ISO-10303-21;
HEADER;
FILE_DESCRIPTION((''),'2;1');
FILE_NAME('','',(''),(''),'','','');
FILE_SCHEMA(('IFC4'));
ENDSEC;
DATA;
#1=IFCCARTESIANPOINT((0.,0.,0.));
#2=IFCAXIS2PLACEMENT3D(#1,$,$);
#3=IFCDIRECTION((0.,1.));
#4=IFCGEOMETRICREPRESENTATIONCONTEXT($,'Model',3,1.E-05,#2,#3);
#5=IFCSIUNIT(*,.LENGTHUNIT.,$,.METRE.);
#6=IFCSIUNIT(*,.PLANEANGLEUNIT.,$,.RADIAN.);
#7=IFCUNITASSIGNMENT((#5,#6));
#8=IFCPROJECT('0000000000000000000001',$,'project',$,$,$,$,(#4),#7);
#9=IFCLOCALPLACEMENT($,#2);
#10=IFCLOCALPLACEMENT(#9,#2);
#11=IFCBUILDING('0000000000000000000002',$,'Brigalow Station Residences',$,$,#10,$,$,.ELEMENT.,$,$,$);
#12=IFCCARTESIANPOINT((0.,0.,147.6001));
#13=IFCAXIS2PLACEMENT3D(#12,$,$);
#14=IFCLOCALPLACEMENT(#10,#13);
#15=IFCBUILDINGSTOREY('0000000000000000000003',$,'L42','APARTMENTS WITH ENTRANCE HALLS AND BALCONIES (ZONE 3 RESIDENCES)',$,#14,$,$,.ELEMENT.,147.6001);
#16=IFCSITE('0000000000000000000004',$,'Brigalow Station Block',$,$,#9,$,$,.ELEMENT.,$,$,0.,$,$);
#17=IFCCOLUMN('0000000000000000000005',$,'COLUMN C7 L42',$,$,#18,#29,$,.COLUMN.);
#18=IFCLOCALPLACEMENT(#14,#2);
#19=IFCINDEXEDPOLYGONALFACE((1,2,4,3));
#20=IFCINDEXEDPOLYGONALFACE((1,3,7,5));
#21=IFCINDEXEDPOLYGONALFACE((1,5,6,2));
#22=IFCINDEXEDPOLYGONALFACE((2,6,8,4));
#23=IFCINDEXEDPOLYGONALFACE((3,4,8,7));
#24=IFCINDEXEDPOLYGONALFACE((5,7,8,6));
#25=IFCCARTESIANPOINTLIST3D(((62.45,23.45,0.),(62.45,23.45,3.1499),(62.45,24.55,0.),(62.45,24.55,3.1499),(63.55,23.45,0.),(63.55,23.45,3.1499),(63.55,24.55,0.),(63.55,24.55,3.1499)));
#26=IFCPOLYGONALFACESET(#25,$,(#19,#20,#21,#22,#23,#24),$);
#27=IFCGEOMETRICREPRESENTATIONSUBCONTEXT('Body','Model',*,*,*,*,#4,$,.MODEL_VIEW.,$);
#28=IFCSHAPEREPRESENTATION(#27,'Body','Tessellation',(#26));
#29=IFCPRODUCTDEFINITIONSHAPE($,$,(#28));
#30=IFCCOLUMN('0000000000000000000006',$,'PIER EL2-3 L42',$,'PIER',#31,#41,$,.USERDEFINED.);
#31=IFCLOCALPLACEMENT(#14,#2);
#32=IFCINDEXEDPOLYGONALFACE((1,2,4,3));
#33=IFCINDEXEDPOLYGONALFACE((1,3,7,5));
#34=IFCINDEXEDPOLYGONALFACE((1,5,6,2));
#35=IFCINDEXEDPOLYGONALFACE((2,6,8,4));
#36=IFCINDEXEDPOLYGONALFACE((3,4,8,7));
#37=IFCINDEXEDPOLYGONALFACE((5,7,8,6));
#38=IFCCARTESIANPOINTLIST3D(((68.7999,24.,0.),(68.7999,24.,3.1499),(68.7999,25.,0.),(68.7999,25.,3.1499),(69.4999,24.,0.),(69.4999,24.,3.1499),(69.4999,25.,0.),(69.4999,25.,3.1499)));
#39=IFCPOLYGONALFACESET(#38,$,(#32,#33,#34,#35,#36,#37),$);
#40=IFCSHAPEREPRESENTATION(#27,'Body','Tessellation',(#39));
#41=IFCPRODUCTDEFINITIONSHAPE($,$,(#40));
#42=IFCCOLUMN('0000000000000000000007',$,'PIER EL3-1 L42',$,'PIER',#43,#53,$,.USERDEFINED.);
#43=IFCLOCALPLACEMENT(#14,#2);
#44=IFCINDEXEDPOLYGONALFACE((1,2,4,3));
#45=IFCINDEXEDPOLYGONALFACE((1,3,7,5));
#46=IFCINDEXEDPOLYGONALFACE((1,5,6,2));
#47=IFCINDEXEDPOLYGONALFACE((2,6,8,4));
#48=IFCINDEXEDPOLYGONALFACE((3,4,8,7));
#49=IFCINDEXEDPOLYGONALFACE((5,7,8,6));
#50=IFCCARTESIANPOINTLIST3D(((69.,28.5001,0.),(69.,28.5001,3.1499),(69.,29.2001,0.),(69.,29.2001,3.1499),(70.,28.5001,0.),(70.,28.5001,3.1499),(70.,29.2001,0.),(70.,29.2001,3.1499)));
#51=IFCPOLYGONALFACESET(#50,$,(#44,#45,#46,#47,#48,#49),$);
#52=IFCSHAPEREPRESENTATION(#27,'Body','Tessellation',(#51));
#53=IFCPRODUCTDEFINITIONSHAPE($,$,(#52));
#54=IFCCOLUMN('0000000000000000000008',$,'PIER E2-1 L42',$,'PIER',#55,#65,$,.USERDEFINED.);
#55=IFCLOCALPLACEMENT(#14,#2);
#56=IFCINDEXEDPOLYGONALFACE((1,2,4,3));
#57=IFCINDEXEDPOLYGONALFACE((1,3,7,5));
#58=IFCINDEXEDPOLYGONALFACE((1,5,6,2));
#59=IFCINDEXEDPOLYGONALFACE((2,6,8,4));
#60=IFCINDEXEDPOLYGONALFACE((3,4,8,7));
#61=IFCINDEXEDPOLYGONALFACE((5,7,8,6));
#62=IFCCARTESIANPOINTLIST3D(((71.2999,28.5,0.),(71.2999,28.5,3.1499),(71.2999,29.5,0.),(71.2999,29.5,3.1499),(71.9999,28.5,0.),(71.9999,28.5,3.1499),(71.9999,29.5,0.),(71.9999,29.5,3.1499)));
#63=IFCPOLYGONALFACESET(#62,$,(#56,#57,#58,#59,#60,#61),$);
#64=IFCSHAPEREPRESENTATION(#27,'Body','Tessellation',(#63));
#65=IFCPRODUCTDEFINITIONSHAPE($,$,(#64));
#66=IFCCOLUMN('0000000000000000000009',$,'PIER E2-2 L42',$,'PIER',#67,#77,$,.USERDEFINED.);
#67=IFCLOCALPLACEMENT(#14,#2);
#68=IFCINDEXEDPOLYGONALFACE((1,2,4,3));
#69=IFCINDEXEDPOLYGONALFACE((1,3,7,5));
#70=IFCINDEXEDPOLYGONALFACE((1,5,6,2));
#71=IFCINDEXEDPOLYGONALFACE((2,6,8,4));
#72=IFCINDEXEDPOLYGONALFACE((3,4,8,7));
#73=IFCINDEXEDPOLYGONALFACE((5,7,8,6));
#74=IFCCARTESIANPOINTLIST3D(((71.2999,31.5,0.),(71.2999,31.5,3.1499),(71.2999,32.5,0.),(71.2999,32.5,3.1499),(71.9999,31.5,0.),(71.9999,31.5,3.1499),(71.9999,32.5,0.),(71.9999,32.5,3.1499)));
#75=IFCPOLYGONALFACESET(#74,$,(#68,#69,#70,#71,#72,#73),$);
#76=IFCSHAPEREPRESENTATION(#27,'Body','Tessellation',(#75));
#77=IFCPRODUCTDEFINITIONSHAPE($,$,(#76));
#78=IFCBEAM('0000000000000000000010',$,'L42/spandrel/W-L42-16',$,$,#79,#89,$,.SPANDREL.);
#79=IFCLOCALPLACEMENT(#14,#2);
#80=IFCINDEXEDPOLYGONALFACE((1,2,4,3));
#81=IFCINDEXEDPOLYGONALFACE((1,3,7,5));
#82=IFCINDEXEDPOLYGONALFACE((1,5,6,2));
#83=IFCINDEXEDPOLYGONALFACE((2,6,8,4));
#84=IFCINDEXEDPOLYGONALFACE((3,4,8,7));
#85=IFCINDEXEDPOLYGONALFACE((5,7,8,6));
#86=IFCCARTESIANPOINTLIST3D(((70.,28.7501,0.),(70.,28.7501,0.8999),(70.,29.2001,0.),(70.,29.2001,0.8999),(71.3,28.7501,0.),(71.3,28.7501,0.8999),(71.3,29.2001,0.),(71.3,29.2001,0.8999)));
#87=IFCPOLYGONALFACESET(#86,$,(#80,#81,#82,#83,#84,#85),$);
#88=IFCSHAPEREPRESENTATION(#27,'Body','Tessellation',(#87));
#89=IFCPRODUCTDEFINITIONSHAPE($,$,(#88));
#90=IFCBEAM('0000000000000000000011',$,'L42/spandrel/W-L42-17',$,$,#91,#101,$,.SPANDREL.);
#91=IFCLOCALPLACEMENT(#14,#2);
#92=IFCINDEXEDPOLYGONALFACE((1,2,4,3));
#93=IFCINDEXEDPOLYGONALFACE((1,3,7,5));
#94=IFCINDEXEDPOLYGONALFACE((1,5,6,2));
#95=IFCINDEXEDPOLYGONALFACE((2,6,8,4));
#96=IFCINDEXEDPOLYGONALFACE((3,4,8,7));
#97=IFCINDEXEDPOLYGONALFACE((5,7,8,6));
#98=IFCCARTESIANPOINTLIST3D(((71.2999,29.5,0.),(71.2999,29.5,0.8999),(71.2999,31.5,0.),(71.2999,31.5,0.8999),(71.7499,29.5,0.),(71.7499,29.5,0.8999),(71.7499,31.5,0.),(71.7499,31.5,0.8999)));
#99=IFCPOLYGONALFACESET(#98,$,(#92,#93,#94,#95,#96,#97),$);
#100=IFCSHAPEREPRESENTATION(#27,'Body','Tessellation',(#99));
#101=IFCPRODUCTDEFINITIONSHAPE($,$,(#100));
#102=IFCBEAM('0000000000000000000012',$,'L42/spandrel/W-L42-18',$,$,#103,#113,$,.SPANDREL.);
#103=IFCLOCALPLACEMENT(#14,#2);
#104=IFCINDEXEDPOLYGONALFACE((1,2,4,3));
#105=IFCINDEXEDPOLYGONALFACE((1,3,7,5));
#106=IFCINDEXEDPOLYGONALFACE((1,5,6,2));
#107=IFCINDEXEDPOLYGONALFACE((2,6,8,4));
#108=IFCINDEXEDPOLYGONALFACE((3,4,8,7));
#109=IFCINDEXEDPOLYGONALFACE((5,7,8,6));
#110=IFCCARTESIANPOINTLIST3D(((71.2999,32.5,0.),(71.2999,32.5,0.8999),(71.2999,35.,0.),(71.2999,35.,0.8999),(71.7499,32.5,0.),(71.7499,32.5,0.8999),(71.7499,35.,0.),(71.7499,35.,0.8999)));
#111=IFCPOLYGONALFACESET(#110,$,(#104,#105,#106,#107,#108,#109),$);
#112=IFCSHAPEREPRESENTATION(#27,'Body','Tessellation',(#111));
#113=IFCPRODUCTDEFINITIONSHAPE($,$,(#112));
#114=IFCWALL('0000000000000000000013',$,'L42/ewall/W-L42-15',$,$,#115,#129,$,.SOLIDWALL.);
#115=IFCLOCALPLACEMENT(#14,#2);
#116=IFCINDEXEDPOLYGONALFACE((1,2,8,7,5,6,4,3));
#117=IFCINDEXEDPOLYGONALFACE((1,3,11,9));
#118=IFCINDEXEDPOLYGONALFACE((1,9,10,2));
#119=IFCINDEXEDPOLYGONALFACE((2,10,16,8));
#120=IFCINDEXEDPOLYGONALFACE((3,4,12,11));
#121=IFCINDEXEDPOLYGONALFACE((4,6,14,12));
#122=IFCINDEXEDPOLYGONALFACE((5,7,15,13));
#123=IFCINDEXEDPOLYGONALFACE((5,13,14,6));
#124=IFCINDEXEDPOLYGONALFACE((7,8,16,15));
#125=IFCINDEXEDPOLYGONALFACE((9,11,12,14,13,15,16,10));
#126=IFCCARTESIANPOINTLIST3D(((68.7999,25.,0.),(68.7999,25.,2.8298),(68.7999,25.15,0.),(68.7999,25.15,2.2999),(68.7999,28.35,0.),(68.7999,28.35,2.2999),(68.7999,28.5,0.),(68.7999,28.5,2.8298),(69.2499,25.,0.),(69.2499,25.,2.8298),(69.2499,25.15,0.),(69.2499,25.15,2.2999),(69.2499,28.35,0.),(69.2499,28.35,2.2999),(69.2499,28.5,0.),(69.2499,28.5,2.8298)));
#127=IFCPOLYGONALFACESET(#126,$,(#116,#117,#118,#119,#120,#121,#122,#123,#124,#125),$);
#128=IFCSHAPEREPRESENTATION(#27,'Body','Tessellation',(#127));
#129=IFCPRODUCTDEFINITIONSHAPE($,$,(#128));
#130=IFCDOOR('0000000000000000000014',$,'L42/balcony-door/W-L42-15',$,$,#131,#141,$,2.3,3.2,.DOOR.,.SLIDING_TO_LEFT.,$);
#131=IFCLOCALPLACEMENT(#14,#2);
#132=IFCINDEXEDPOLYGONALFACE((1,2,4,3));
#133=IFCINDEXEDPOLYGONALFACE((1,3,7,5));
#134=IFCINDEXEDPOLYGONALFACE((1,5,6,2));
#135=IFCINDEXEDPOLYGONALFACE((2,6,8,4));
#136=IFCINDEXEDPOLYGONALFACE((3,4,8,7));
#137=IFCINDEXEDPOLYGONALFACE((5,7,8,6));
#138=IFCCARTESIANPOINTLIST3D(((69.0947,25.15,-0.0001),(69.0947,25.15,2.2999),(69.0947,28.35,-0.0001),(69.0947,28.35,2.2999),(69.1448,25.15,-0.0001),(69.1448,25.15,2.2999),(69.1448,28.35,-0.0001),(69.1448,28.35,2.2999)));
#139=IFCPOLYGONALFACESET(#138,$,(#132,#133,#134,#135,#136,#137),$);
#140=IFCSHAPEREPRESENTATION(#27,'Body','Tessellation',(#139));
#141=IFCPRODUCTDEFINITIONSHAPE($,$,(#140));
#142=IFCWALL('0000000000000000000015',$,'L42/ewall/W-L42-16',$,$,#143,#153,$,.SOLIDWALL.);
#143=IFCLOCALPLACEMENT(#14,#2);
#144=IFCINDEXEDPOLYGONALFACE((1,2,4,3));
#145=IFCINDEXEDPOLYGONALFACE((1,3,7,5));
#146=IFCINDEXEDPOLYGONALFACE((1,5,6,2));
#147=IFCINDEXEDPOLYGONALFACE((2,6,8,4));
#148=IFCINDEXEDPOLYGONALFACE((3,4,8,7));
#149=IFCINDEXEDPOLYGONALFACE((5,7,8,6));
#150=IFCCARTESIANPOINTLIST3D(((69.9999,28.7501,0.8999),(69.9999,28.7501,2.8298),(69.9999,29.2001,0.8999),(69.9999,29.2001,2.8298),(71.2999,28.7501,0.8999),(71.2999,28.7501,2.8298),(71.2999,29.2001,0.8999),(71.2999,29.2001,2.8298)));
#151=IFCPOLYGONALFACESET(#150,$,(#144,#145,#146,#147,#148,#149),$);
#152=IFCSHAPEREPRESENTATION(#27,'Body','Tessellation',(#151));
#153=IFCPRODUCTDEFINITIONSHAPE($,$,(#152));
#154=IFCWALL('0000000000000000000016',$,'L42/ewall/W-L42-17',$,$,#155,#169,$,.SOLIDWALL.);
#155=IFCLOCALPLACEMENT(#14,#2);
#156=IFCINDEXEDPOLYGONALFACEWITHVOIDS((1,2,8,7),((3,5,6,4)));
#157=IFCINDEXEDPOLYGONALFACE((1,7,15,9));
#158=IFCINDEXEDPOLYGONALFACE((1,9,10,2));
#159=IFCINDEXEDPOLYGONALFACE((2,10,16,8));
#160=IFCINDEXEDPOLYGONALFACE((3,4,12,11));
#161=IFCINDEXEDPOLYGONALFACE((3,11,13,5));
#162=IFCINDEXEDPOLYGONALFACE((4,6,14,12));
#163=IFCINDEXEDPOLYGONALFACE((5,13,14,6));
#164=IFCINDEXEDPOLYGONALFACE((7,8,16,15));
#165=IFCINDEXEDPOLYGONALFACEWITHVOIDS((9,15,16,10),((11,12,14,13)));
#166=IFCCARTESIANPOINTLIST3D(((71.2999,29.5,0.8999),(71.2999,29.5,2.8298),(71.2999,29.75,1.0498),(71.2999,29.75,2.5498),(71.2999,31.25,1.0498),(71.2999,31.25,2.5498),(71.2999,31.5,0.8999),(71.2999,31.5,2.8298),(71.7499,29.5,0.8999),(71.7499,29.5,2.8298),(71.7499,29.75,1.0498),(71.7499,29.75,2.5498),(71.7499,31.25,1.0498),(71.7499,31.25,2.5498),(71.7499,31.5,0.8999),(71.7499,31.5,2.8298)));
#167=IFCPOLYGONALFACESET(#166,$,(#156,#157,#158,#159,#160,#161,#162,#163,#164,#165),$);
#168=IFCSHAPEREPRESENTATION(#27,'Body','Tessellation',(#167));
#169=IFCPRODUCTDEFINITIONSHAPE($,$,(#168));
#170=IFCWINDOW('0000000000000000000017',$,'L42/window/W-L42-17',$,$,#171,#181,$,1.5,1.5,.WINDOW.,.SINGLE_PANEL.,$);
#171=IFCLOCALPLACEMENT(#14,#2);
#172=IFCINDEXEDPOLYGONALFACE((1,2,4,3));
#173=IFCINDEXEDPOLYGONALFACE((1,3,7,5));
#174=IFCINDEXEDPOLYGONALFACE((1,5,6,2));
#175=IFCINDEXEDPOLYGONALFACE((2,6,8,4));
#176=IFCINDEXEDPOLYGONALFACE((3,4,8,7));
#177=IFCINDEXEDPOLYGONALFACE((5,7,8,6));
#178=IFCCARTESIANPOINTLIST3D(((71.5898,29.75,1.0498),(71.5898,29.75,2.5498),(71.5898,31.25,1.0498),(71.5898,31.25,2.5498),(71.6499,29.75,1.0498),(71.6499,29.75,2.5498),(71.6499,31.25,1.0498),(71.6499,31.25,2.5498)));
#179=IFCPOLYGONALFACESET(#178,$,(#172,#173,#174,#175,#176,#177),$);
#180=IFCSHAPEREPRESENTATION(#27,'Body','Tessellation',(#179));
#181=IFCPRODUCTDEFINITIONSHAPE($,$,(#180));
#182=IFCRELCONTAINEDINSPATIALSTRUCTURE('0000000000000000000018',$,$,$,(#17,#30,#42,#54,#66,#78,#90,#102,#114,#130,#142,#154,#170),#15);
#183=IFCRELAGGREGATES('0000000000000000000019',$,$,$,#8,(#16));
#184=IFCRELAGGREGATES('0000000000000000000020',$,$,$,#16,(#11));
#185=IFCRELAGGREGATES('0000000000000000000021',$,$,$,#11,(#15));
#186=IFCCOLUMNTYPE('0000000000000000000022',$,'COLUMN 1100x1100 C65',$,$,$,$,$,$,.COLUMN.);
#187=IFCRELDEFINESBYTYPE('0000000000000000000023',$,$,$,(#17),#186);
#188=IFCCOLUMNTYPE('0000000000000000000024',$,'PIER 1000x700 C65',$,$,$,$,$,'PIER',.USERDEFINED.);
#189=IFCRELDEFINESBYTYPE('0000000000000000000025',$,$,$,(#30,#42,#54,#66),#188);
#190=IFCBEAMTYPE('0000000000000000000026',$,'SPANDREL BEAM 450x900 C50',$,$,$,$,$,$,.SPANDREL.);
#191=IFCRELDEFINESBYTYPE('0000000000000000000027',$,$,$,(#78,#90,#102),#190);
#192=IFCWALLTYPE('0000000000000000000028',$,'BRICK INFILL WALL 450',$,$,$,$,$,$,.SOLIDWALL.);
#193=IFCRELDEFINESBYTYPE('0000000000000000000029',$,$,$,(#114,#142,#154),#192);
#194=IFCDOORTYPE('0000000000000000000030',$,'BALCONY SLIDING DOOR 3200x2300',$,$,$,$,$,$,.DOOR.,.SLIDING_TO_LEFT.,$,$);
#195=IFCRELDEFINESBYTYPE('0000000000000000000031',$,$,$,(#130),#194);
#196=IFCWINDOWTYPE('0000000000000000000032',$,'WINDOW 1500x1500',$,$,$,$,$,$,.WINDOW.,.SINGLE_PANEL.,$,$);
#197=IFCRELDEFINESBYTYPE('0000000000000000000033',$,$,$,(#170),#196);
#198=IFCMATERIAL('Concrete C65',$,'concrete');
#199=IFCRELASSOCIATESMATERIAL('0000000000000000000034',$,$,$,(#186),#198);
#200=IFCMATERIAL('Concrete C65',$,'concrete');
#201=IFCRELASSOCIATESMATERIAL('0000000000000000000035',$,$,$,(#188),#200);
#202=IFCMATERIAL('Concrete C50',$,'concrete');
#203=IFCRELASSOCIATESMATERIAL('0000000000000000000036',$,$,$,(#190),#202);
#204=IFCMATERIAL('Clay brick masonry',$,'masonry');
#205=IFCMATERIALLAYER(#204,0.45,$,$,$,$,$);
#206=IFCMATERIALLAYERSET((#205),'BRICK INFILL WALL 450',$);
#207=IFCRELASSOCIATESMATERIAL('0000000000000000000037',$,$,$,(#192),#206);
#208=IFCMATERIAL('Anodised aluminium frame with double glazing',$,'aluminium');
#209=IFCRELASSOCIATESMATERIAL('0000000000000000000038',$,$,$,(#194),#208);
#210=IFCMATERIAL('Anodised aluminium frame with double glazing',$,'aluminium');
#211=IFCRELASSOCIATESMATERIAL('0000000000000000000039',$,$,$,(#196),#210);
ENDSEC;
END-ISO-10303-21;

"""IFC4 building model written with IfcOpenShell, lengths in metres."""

from ifc_helpers import new_model, si_unit, direction, frame, frame_2d, origin, origin_2d, place, context, subcontext, project, spatial, rectangle, extrude, material, layer, layer_set, material_profile, profile_set, type_object, element, fill, save


model = new_model("IFC4")

# Units and contexts
model_context = context("Model", 3, precision=1e-05, world=origin(), true_north=direction((0.0, 1.0)))
body_context = subcontext(model_context, "Body", "Model", "MODEL_VIEW")
ifc_project = project(units=[si_unit("LENGTHUNIT", "METRE"), si_unit("PLANEANGLEUNIT", "RADIAN")], contexts=[model_context])

# Site, building, storey
site_placement = place(None, origin())
site = spatial("IfcSite", under=ifc_project, at=site_placement, Name="Brigalow Station Block", CompositionType="ELEMENT", RefElevation=0.0)
building_placement = place(site_placement, origin())
building = spatial("IfcBuilding", under=site, at=building_placement, Name="Brigalow Station Residences", CompositionType="ELEMENT")
storey_placement = place(building_placement, frame((0.0, 0.0, 147.6001)))
storey = spatial("IfcBuildingStorey", under=building, at=storey_placement, Name="L42", Description="APARTMENTS WITH ENTRANCE HALLS AND BALCONIES (ZONE 3 RESIDENCES)", CompositionType="ELEMENT", Elevation=147.6001)

# Columns
ifc_material_1 = material(Name="Concrete C65", Category="concrete")
ifc_material_profile_1 = material_profile(ifc_material_1, rectangle(XDim=1.1001, YDim=1.1001, at=origin_2d()), Name="RC1100x1100")
ifc_profile_set_1 = profile_set([ifc_material_profile_1], Name="Concrete C65")
column_type_1 = type_object("IfcColumnType", Name="COLUMN 1100x1100 C65", PredefinedType="COLUMN", material=ifc_profile_set_1)
column_placement = place(storey_placement, frame((63.0, 24.0, 0.0), z_axis=(0.0, 0.0, 1.0), x_axis=(1.0, 0.0, 0.0)))
element("IfcColumn", 1, at=column_placement, inside=storey, type_object=column_type_1, Name="COLUMN C7 L42", PredefinedType="COLUMN", context=body_context, shape_type="SweptSolid", body=[
    extrude(rectangle(XDim=1.1001, YDim=1.1001, at=origin_2d()), origin(), (0.0, 0.0, 1.0), 3.1499),
])
ifc_material_2 = material(Name="Concrete C65", Category="concrete")
ifc_material_profile_2 = material_profile(ifc_material_2, rectangle(XDim=1.0, YDim=0.7, at=origin_2d()), Name="RC1000x700")
ifc_profile_set_2 = profile_set([ifc_material_profile_2], Name="Concrete C65")
column_type_2 = type_object("IfcColumnType", Name="PIER 1000x700 C65", ElementType="PIER", PredefinedType="USERDEFINED", material=ifc_profile_set_2)
for number, where, z_axis, x_axis, name in (
    (2, (69.1499, 24.5, 0.0), (0.0, 0.0, 1.0), (0.0, 1.0, 0.0), "PIER EL2-3 L42"),
    (3, (69.5, 28.8501, 0.0), (0.0, 0.0, 1.0), (1.0, 0.0, 0.0), "PIER EL3-1 L42"),
    (4, (71.6499, 29.0, 0.0), (0.0, 0.0, 1.0), (0.0, 1.0, 0.0), "PIER E2-1 L42"),
    (5, (71.6499, 32.0, 0.0), (0.0, 0.0, 1.0), (0.0, 1.0, 0.0), "PIER E2-2 L42"),
):
    element("IfcColumn", number, at=place(storey_placement, frame(where, z_axis=z_axis, x_axis=x_axis)), inside=storey, type_object=column_type_2, Name=name, ObjectType="PIER", PredefinedType="USERDEFINED", context=body_context, shape_type="SweptSolid", body=[
        extrude(rectangle(XDim=1.0, YDim=0.7, at=origin_2d()), origin(), (0.0, 0.0, 1.0), 3.1499),
    ])

# Beams
ifc_material_3 = material(Name="Concrete C50", Category="concrete")
ifc_material_profile_3 = material_profile(ifc_material_3, rectangle(XDim=0.45, YDim=0.8999, at=origin_2d()), Name="RC450x900")
ifc_profile_set_3 = profile_set([ifc_material_profile_3], Name="Concrete C50")
beam_type = type_object("IfcBeamType", Name="SPANDREL BEAM 450x900 C50", PredefinedType="SPANDREL", material=ifc_profile_set_3)
beam_1_placement = place(storey_placement, frame((70.0, 28.9751, 0.45), z_axis=(1.0, 0.0, 0.0), x_axis=(0.0, 1.0, 0.0)))
element("IfcBeam", 6, at=beam_1_placement, inside=storey, type_object=beam_type, Name="L42/spandrel/W-L42-16", PredefinedType="SPANDREL", context=body_context, shape_type="SweptSolid", body=[
    extrude(rectangle(XDim=0.45, YDim=0.8999, at=origin_2d()), origin(), (0.0, 0.0, 1.0), 1.3),
])
beam_2_placement = place(storey_placement, frame((71.5249, 29.5, 0.45), z_axis=(0.0, 1.0, 0.0), x_axis=(-1.0, 0.0, 0.0)))
element("IfcBeam", 7, at=beam_2_placement, inside=storey, type_object=beam_type, Name="L42/spandrel/W-L42-17", PredefinedType="SPANDREL", context=body_context, shape_type="SweptSolid", body=[
    extrude(rectangle(XDim=0.45, YDim=0.8999, at=origin_2d()), origin(), (0.0, 0.0, 1.0), 2.0),
])
beam_3_placement = place(storey_placement, frame((71.5249, 32.5, 0.45), z_axis=(0.0, 1.0, 0.0), x_axis=(-1.0, 0.0, 0.0)))
element("IfcBeam", 8, at=beam_3_placement, inside=storey, type_object=beam_type, Name="L42/spandrel/W-L42-18", PredefinedType="SPANDREL", context=body_context, shape_type="SweptSolid", body=[
    extrude(rectangle(XDim=0.45, YDim=0.8999, at=origin_2d()), origin(), (0.0, 0.0, 1.0), 2.5),
])

# Wall, opening, door
ifc_material_4 = material(Name="Clay brick masonry", Category="masonry")
ifc_layer_1 = layer(ifc_material_4, 0.45)
ifc_layer_set_1 = layer_set([ifc_layer_1], Name="BRICK INFILL WALL 450")
wall_type_1 = type_object("IfcWallType", Name="BRICK INFILL WALL 450", PredefinedType="SOLIDWALL", material=ifc_layer_set_1)
wall_1_placement = place(storey_placement, frame((69.0249, 25.0, 0.0), z_axis=(0.0, 0.0, 1.0), x_axis=(0.0, 1.0, 0.0)))
wall_1 = element("IfcWall", 9, at=wall_1_placement, inside=storey, type_object=wall_type_1, Name="L42/ewall/W-L42-15", PredefinedType="SOLIDWALL", context=body_context, shape_type="SweptSolid", body=[
    extrude(rectangle(XDim=3.5, YDim=0.45, at=frame_2d((1.75, 0.0))), origin(), (0.0, 0.0, 1.0), 2.8298),
])
opening_1_placement = place(wall_1_placement, frame((0.1499, 0.0, 0.0)))
opening_1 = element("IfcOpeningElement", 10, at=opening_1_placement, cuts=wall_1, PredefinedType="OPENING", context=body_context, shape_type="SweptSolid", body=[
    extrude(rectangle(XDim=3.2, YDim=2.3, at=frame_2d((1.6001, 1.1499))), frame((0.0, 0.2349, 0.0), z_axis=(0.0, -1.0, 0.0), x_axis=(1.0, 0.0, 0.0)), (0.0, 0.0, 1.0), 0.47),
])
ifc_material_5 = material(Name="Anodised aluminium frame with double glazing", Category="aluminium")
door_type_1 = type_object("IfcDoorType", Name="BALCONY SLIDING DOOR 3200x2300", OperationType="SLIDING_TO_LEFT", PredefinedType="DOOR", material=ifc_material_5)
door_1_placement = place(opening_1_placement, origin())
door_1 = element("IfcDoor", 11, at=door_1_placement, inside=storey, type_object=door_type_1, Name="L42/balcony-door/W-L42-15", OperationType="SLIDING_TO_LEFT", OverallHeight=2.3, OverallWidth=3.2, PredefinedType="DOOR", context=body_context, shape_type="SweptSolid", body=[
    extrude(rectangle(XDim=3.2, YDim=2.3, at=frame_2d((1.6001, 1.1499))), frame((0.0, -0.0698, 0.0), z_axis=(0.0, -1.0, 0.0), x_axis=(1.0, 0.0, 0.0)), (0.0, 0.0, 1.0), 0.05),
])
fill(opening_1, door_1)

# Wall
wall_2_placement = place(storey_placement, frame((70.0, 28.9751, 0.8999), z_axis=(0.0, 0.0, 1.0), x_axis=(1.0, 0.0, 0.0)))
element("IfcWall", 12, at=wall_2_placement, inside=storey, type_object=wall_type_1, Name="L42/ewall/W-L42-16", PredefinedType="SOLIDWALL", context=body_context, shape_type="SweptSolid", body=[
    extrude(rectangle(XDim=1.3, YDim=0.45, at=frame_2d((0.6499, 0.0))), origin(), (0.0, 0.0, 1.0), 1.9299),
])

# Wall, opening, window
wall_3_placement = place(storey_placement, frame((71.5249, 29.5, 0.8999), z_axis=(0.0, 0.0, 1.0), x_axis=(0.0, 1.0, 0.0)))
wall_3 = element("IfcWall", 13, at=wall_3_placement, inside=storey, type_object=wall_type_1, Name="L42/ewall/W-L42-17", PredefinedType="SOLIDWALL", context=body_context, shape_type="SweptSolid", body=[
    extrude(rectangle(XDim=2.0, YDim=0.45, at=frame_2d((1.0, 0.0))), origin(), (0.0, 0.0, 1.0), 1.9299),
])
opening_2_placement = place(wall_3_placement, frame((0.25, 0.0, 0.1499)))
opening_2 = element("IfcOpeningElement", 14, at=opening_2_placement, cuts=wall_3, PredefinedType="OPENING", context=body_context, shape_type="SweptSolid", body=[
    extrude(rectangle(XDim=1.5, YDim=1.5, at=frame_2d((0.75, 0.75))), frame((0.0, 0.2349, 0.0), z_axis=(0.0, -1.0, 0.0), x_axis=(1.0, 0.0, 0.0)), (0.0, 0.0, 1.0), 0.47),
])
ifc_material_6 = material(Name="Anodised aluminium frame with double glazing", Category="aluminium")
window_type_1 = type_object("IfcWindowType", Name="WINDOW 1500x1500", PartitioningType="SINGLE_PANEL", PredefinedType="WINDOW", material=ifc_material_6)
window_1_placement = place(opening_2_placement, origin())
window_1 = element("IfcWindow", 15, at=window_1_placement, inside=storey, type_object=window_type_1, Name="L42/window/W-L42-17", OverallHeight=1.5, OverallWidth=1.5, PartitioningType="SINGLE_PANEL", PredefinedType="WINDOW", context=body_context, shape_type="SweptSolid", body=[
    extrude(rectangle(XDim=1.5, YDim=1.5, at=frame_2d((0.75, 0.75))), frame((0.0, -0.0649, 0.0), z_axis=(0.0, -1.0, 0.0), x_axis=(1.0, 0.0, 0.0)), (0.0, 0.0, 1.0), 0.0601),
])
fill(opening_2, window_1)

save(model, "model.ifc")
